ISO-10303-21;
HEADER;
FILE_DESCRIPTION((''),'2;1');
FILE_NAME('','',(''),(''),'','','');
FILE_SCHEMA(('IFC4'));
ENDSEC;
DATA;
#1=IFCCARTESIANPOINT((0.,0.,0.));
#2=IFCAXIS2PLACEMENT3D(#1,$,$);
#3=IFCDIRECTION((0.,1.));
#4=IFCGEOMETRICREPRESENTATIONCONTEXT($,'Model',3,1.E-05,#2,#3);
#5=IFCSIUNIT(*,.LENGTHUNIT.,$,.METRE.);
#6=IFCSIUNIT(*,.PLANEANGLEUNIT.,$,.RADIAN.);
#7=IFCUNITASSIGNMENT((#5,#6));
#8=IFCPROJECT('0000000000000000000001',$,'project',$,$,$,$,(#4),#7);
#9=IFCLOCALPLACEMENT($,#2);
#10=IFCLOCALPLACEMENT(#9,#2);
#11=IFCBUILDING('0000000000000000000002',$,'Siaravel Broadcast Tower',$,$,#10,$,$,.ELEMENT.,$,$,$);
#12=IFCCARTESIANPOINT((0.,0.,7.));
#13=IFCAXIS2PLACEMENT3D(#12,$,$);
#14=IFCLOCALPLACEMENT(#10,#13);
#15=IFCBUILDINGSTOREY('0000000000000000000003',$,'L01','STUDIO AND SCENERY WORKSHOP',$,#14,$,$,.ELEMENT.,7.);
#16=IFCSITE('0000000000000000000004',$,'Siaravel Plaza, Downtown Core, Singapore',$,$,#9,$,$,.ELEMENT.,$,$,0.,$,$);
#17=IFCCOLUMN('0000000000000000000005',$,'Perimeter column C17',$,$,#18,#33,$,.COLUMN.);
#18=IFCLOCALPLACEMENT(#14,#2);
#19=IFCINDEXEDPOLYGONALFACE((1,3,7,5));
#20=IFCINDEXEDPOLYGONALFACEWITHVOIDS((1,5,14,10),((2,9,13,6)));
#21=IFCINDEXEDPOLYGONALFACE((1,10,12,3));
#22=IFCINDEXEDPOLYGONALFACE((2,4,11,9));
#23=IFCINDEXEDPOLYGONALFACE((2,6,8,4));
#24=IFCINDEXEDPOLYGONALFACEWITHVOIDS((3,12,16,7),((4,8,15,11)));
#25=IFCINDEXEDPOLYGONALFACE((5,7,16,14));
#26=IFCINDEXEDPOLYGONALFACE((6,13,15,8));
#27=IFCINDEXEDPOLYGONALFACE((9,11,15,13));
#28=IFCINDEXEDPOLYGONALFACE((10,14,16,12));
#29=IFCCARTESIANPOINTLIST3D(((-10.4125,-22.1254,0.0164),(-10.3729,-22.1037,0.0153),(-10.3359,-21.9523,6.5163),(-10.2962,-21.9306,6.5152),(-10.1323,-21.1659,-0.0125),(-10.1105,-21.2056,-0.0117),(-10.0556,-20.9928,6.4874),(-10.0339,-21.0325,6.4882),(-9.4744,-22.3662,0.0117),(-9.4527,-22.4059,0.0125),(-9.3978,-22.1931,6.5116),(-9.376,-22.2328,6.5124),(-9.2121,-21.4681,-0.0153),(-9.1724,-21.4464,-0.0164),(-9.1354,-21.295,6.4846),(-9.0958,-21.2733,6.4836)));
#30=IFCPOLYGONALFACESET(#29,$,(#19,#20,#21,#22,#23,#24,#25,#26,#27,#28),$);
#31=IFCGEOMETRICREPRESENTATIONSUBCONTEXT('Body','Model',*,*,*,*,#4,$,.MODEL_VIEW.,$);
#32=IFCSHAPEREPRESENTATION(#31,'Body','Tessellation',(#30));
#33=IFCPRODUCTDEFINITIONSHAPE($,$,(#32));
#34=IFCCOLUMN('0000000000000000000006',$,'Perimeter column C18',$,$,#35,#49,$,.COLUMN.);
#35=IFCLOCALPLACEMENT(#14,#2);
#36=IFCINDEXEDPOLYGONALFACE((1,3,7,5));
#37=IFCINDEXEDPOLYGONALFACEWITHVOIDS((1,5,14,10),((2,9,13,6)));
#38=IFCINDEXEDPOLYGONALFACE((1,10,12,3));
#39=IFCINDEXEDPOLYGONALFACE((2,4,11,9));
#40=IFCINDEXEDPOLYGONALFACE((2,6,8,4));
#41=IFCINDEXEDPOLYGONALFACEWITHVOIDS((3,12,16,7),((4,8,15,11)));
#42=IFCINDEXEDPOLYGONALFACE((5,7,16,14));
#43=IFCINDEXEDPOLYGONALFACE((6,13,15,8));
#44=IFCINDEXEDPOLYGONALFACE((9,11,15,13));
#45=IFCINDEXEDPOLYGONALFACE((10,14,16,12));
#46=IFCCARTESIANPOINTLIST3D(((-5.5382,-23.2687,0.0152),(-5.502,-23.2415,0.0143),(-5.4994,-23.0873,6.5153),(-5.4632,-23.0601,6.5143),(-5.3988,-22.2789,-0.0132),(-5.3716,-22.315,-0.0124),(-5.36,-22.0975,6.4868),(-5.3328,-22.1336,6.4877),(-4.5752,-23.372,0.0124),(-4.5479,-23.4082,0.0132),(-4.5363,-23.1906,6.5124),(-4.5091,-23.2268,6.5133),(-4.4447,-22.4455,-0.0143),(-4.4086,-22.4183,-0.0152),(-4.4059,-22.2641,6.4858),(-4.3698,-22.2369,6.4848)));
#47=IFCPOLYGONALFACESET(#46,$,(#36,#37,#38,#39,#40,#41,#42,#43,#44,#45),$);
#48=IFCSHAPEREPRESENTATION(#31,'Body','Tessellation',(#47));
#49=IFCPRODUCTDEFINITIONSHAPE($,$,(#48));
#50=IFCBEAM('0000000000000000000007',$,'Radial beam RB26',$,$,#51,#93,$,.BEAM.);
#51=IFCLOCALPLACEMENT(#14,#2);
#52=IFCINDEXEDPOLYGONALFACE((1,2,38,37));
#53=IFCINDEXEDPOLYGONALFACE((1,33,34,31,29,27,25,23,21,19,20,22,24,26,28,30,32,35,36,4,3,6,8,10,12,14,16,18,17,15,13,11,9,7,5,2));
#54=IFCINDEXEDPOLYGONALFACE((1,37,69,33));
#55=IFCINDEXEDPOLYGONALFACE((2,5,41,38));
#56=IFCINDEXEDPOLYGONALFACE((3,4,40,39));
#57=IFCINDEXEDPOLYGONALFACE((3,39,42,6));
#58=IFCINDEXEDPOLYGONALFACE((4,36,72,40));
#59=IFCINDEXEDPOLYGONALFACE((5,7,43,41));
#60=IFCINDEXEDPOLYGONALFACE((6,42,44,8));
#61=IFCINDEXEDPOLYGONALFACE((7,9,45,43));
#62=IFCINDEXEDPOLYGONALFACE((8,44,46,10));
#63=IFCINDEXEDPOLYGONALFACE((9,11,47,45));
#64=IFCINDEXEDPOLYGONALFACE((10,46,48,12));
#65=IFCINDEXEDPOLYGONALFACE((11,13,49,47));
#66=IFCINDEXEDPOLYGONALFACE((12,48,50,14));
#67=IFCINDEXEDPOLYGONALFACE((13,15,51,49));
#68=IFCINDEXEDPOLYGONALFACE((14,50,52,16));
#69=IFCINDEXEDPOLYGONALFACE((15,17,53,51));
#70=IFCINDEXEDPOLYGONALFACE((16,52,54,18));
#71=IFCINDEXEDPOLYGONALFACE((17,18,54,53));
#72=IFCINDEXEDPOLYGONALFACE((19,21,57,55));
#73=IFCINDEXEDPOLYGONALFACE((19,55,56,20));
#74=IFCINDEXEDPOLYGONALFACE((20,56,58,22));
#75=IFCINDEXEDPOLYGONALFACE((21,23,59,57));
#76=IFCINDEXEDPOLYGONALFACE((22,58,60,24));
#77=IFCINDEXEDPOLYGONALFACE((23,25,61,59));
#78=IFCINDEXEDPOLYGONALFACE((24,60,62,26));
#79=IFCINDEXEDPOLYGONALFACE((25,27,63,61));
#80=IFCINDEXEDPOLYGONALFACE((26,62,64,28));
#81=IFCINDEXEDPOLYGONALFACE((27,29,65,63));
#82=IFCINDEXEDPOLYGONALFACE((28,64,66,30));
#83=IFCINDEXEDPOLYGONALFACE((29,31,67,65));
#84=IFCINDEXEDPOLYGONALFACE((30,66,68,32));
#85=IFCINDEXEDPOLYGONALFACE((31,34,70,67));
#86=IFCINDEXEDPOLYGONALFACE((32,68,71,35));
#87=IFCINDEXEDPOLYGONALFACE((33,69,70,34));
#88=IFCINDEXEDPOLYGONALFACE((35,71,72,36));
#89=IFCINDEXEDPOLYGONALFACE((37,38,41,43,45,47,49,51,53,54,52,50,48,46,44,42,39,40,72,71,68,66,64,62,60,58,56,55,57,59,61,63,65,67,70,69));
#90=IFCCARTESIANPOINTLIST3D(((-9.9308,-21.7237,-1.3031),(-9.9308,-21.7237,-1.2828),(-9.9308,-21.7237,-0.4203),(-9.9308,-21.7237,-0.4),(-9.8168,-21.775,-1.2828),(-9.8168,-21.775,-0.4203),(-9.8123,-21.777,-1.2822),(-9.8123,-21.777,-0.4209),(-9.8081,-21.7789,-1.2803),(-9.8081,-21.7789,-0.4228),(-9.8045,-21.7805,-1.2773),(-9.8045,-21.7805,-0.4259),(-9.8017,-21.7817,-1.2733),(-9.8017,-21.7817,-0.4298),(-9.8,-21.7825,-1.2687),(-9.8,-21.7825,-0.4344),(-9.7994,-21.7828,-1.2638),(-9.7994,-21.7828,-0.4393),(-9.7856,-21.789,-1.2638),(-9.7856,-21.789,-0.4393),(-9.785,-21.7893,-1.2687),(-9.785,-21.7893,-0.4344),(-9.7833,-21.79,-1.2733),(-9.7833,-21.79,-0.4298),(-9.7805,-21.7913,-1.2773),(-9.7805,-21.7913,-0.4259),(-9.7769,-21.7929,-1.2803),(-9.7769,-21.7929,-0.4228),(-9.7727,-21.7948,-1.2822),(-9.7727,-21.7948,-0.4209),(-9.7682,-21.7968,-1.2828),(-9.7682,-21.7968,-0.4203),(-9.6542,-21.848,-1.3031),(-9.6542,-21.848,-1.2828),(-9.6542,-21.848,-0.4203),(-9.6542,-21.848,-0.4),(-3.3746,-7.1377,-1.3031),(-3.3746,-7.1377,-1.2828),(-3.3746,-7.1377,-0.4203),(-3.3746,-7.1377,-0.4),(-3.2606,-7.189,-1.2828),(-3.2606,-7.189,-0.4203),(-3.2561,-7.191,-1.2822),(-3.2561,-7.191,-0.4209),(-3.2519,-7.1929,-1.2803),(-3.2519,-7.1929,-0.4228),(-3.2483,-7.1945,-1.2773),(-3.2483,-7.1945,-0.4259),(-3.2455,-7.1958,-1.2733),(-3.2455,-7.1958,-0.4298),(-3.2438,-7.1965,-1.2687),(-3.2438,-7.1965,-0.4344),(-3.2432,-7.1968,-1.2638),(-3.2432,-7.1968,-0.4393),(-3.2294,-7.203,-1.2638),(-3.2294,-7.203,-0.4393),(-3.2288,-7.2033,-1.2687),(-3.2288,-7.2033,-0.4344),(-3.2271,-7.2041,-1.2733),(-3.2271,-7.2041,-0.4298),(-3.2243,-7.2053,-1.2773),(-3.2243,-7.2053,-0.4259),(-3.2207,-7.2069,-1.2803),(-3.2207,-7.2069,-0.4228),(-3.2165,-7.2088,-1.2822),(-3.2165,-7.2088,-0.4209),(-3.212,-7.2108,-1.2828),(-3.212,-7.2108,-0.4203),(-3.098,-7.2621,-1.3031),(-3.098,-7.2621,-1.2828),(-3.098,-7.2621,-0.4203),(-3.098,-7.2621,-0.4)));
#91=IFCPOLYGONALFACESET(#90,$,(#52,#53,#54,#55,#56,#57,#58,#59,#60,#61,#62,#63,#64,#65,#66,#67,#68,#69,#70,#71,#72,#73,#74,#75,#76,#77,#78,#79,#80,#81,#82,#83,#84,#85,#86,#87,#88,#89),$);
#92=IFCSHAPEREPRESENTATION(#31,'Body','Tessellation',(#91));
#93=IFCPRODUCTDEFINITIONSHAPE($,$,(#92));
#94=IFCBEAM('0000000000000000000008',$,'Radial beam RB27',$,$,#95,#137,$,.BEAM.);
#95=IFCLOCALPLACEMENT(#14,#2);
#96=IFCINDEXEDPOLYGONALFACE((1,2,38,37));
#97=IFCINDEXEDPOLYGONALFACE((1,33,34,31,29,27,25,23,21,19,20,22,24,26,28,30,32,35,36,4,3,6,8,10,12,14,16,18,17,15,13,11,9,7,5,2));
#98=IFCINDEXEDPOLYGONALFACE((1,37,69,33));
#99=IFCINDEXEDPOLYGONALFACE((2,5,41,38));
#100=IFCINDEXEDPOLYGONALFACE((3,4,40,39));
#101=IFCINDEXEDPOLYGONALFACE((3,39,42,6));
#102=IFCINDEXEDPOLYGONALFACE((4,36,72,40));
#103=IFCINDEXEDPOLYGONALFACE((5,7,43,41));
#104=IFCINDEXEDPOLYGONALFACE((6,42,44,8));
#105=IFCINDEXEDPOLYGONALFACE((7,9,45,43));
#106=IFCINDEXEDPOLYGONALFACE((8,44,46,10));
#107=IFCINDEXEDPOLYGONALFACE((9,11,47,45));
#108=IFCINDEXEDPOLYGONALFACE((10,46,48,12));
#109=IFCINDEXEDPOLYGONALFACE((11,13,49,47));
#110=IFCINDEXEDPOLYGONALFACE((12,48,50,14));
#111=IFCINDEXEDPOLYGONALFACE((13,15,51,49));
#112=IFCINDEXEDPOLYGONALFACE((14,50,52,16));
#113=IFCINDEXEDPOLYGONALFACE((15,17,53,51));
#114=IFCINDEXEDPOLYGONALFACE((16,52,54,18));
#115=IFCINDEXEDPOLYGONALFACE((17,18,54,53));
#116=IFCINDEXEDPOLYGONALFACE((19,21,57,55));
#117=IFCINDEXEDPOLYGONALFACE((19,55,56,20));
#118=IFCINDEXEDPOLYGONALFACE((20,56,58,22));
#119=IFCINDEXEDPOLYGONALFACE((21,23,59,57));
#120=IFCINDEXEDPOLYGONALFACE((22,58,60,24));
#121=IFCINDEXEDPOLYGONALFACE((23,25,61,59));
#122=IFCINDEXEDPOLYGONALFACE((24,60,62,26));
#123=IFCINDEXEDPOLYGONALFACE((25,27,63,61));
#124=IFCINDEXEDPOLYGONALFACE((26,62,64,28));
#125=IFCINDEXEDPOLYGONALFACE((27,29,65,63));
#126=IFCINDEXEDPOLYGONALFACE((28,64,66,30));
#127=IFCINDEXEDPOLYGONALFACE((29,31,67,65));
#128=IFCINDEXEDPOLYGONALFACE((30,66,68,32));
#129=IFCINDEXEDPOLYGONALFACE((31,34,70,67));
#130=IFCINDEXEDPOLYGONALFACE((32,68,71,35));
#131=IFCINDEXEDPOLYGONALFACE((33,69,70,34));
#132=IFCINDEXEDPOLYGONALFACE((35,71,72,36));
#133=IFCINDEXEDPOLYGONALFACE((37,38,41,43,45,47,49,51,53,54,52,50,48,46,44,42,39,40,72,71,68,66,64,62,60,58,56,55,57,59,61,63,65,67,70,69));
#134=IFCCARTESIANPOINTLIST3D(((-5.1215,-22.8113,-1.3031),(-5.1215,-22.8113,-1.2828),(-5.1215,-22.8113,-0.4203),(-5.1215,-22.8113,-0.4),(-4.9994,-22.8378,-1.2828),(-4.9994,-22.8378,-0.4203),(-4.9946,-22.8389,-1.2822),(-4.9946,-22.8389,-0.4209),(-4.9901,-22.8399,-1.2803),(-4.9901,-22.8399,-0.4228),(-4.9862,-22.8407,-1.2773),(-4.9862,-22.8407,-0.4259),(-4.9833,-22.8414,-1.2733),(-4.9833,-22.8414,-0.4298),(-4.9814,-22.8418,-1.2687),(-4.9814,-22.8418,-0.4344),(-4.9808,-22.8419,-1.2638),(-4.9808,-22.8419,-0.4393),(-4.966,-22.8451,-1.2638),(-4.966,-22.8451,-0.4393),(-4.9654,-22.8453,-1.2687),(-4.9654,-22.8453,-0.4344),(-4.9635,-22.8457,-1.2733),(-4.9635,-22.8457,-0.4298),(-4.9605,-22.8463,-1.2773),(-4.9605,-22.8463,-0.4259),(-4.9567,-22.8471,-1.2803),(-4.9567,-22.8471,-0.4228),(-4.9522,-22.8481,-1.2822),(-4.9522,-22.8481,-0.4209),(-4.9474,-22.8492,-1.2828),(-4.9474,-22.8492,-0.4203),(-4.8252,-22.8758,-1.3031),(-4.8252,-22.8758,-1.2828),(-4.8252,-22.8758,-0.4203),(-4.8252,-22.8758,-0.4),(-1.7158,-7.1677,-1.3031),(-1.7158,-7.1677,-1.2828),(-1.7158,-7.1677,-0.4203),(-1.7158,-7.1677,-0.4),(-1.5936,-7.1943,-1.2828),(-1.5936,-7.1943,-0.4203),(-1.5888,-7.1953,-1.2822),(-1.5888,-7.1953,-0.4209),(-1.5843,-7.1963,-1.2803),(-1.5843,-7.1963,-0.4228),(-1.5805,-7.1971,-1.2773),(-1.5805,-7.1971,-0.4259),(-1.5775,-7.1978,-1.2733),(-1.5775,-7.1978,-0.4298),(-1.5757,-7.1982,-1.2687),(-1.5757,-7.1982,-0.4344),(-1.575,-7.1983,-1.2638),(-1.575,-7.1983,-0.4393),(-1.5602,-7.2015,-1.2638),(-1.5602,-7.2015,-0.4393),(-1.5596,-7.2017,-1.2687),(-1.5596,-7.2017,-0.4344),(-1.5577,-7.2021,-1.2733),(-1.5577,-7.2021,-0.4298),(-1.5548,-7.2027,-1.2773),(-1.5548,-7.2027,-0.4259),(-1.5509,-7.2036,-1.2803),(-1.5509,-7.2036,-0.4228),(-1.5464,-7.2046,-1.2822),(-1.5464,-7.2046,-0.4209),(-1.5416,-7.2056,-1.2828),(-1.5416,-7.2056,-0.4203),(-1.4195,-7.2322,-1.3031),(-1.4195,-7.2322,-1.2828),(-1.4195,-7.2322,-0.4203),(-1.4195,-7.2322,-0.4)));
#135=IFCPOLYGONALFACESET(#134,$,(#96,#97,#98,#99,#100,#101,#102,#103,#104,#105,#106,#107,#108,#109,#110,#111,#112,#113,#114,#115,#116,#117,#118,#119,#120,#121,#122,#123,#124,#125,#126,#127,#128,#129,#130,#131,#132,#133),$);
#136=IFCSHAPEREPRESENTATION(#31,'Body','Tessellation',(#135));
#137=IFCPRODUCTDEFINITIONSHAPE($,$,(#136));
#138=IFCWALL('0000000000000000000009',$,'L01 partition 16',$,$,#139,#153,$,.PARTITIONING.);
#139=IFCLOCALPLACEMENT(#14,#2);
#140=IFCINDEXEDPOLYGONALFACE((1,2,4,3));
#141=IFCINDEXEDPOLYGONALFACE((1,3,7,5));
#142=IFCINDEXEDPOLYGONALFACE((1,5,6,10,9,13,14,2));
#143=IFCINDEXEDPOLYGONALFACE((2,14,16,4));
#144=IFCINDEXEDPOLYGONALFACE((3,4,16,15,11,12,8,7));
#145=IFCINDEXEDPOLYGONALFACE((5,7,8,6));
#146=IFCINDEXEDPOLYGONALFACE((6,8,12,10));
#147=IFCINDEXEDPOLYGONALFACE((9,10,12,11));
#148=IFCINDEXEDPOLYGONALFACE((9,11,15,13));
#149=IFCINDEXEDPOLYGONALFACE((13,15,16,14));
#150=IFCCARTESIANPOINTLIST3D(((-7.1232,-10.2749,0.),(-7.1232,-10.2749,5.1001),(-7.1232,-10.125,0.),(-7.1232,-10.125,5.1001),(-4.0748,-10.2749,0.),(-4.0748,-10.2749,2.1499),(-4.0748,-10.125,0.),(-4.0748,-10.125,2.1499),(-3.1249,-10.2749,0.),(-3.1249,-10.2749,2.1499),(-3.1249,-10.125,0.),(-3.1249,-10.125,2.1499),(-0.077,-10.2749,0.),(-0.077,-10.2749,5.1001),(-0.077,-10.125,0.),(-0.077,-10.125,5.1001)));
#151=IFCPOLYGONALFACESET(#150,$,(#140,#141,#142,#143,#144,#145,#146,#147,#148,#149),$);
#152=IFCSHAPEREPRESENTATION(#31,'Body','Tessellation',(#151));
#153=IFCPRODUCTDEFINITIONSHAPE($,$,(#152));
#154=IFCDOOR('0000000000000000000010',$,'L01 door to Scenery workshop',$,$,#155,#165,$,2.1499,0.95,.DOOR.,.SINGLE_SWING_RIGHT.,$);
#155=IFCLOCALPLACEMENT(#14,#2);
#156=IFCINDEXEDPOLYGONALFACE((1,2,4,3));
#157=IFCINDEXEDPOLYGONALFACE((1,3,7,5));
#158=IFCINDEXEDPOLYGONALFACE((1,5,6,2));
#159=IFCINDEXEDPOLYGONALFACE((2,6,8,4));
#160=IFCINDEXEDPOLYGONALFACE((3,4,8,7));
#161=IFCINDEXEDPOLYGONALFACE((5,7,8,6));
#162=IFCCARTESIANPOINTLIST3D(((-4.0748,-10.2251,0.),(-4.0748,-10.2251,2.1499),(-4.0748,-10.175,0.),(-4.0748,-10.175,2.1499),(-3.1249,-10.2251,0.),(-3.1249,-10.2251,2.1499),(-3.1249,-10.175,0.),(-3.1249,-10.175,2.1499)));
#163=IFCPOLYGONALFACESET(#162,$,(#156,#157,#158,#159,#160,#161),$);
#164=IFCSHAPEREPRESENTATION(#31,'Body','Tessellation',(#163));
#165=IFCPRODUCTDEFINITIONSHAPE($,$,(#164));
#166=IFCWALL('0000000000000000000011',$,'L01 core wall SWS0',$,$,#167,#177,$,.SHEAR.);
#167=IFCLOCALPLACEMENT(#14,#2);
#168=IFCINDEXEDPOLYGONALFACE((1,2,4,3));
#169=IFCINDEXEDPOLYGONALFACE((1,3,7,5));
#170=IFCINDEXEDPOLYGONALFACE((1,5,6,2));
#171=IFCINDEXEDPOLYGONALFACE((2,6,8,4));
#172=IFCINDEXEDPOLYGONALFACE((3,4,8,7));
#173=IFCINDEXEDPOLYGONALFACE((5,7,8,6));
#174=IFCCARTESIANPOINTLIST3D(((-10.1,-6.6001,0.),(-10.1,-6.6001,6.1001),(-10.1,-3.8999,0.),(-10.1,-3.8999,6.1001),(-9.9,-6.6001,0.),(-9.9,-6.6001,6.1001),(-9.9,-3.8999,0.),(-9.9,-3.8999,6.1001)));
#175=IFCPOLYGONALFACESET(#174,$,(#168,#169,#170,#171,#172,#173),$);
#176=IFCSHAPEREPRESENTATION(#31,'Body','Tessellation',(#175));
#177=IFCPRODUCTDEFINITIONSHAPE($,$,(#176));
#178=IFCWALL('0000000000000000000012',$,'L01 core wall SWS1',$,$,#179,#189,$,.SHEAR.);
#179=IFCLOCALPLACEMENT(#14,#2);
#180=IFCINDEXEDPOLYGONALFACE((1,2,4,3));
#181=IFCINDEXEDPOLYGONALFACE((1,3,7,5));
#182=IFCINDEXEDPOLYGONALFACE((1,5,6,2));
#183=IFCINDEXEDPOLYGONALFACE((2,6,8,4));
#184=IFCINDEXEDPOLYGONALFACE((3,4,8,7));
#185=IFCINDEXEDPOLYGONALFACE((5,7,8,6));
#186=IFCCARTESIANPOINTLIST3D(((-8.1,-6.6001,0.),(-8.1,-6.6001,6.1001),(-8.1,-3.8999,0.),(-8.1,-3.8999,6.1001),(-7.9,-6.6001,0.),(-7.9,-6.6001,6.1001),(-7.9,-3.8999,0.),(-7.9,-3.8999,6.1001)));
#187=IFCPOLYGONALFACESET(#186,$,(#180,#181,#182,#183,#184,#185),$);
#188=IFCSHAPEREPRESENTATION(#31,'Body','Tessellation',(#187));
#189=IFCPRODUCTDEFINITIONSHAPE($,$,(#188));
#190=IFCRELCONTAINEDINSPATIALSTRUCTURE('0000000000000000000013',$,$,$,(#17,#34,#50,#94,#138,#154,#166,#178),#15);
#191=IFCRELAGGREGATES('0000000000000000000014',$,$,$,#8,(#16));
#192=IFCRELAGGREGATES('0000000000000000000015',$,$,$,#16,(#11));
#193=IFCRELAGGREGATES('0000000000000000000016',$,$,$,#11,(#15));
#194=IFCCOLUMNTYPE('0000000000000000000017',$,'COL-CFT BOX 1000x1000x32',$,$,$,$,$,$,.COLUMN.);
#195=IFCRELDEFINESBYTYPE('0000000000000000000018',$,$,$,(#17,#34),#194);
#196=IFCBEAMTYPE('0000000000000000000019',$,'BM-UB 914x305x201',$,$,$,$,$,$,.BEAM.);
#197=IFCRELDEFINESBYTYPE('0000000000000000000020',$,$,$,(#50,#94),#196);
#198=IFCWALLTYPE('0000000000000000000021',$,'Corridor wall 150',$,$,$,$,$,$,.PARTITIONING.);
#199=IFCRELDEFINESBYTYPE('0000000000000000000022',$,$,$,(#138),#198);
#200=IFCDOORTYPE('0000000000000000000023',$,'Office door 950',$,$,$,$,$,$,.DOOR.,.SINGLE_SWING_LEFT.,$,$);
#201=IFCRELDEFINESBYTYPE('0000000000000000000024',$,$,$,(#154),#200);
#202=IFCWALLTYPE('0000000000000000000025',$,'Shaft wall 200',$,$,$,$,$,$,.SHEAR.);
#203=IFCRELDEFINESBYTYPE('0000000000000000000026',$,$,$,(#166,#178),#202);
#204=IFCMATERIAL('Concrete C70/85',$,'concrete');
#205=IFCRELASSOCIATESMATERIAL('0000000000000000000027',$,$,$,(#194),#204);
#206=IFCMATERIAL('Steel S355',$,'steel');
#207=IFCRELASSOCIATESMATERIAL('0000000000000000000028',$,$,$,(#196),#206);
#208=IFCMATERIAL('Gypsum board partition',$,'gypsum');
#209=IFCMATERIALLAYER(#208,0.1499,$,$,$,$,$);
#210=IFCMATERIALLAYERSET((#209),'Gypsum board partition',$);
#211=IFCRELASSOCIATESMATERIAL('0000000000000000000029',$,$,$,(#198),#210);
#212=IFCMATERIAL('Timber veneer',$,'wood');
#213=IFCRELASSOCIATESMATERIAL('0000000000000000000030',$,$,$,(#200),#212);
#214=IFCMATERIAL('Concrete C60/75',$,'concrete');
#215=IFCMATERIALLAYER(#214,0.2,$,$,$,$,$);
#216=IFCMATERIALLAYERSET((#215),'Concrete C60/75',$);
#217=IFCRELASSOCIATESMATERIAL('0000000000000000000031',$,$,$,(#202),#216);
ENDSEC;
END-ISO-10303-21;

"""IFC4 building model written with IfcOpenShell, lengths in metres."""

from ifc_helpers import new_model, si_unit, direction, frame, frame_2d, origin, origin_2d, place, context, subcontext, project, spatial, rectangle, hollow_rectangle, i_section, extrude, material, layer, layer_set, material_profile, profile_set, type_object, element, fill, save


model = new_model("IFC4")

# Units and contexts
model_context = context("Model", 3, precision=1e-05, world=origin(), true_north=direction((0.0, 1.0)))
body_context = subcontext(model_context, "Body", "Model", "MODEL_VIEW")
ifc_project = project(units=[si_unit("LENGTHUNIT", "METRE"), si_unit("PLANEANGLEUNIT", "RADIAN")], contexts=[model_context])

# Site, building, storey
site_placement = place(None, origin())
site = spatial("IfcSite", under=ifc_project, at=site_placement, Name="Siaravel Plaza, Downtown Core, Singapore", CompositionType="ELEMENT", RefElevation=0.0)
building_placement = place(site_placement, origin())
building = spatial("IfcBuilding", under=site, at=building_placement, Name="Siaravel Broadcast Tower", CompositionType="ELEMENT")
storey_placement = place(building_placement, frame((0.0, 0.0, 7.0)))
storey = spatial("IfcBuildingStorey", under=building, at=storey_placement, Name="L01", Description="STUDIO AND SCENERY WORKSHOP", CompositionType="ELEMENT", Elevation=7.0)

# Columns
ifc_material_1 = material(Name="Concrete C70/85", Category="concrete")
ifc_material_profile_1 = material_profile(ifc_material_1, hollow_rectangle(XDim=1.0, YDim=1.0, WallThickness=0.032, at=origin_2d()))
ifc_profile_set_1 = profile_set([ifc_material_profile_1], Name="Concrete C70/85")
column_type = type_object("IfcColumnType", Name="COL-CFT BOX 1000x1000x32", PredefinedType="COLUMN", material=ifc_profile_set_1)
for number, where, z_axis, x_axis, name in (
    (1, (-9.7925, -21.7859, 0.0), (0.011789, 0.026619, 0.999576), (-0.959854, 0.280474, 0.003851), "Perimeter column C17"),
    (2, (-4.9734, -22.8435, 0.0), (0.00597, 0.027896, 0.999593), (-0.990226, 0.13946, 0.002022), "Perimeter column C18"),
):
    element("IfcColumn", number, at=place(storey_placement, frame(where, z_axis=z_axis, x_axis=x_axis)), inside=storey, type_object=column_type, Name=name, PredefinedType="COLUMN", context=body_context, shape_type="SweptSolid", body=[
        extrude(hollow_rectangle(XDim=1.0, YDim=1.0, WallThickness=0.032, at=origin_2d()), origin(), (0.0, 0.0, 1.0), 6.5027),
    ])

# Beams
ifc_material_2 = material(Name="Steel S355", Category="steel")
ifc_material_profile_2 = material_profile(ifc_material_2, i_section(OverallWidth=0.3032, OverallDepth=0.9031, WebThickness=0.0151, FlangeThickness=0.0203, FilletRadius=0.019, at=origin_2d()))
ifc_profile_set_2 = profile_set([ifc_material_profile_2], Name="Steel S355")
beam_type = type_object("IfcBeamType", Name="BM-UB 914x305x201", PredefinedType="BEAM", material=ifc_profile_set_2)
beam_1_placement = place(storey_placement, frame((-9.7925, -21.7859, -0.8516), z_axis=(0.409974, 0.912097, 0.0), x_axis=(-0.912097, 0.409974, 0.0)))
element("IfcBeam", 3, at=beam_1_placement, inside=storey, type_object=beam_type, Name="Radial beam RB26", PredefinedType="BEAM", context=body_context, shape_type="SweptSolid", body=[
    extrude(i_section(OverallWidth=0.3032, OverallDepth=0.9031, WebThickness=0.0151, FlangeThickness=0.0203, FilletRadius=0.019, at=origin_2d()), origin(), (0.0, 0.0, 1.0), 15.9917),
])
beam_2_placement = place(storey_placement, frame((-4.9734, -22.8435, -0.8516), z_axis=(0.212727, 0.977112, 0.0), x_axis=(-0.977112, 0.212727, 0.0)))
element("IfcBeam", 4, at=beam_2_placement, inside=storey, type_object=beam_type, Name="Radial beam RB27", PredefinedType="BEAM", context=body_context, shape_type="SweptSolid", body=[
    extrude(i_section(OverallWidth=0.3032, OverallDepth=0.9031, WebThickness=0.0151, FlangeThickness=0.0203, FilletRadius=0.019, at=origin_2d()), origin(), (0.0, 0.0, 1.0), 16.01),
])

# Shared definitions
ifc_material_3 = material(Name="Concrete C60/75", Category="concrete")

# Wall, opening, door
ifc_material_4 = material(Name="Gypsum board partition", Category="gypsum")
ifc_layer_1 = layer(ifc_material_4, 0.1499)
ifc_layer_set_1 = layer_set([ifc_layer_1], Name="Gypsum board partition")
wall_type_1 = type_object("IfcWallType", Name="Corridor wall 150", PredefinedType="PARTITIONING", material=ifc_layer_set_1)
wall_1_placement = place(storey_placement, frame((-7.123, -10.2, 0.0), z_axis=(0.0, 0.0, 1.0), x_axis=(1.0, 0.0, 0.0)))
wall_1 = element("IfcWall", 5, at=wall_1_placement, inside=storey, type_object=wall_type_1, Name="L01 partition 16", PredefinedType="PARTITIONING", context=body_context, shape_type="SweptSolid", body=[
    extrude(rectangle(XDim=7.0461, YDim=0.1499, at=frame_2d((3.5229, 0.0))), origin(), (0.0, 0.0, 1.0), 5.1001),
])
opening_1_placement = place(wall_1_placement, frame((3.0481, 0.0, 0.0)))
opening_1 = element("IfcOpeningElement", 6, at=opening_1_placement, cuts=wall_1, PredefinedType="OPENING", context=body_context, shape_type="SweptSolid", body=[
    extrude(rectangle(XDim=0.95, YDim=2.1499, at=frame_2d((0.4751, 1.075))), frame((0.0, 0.085, 0.0), z_axis=(0.0, -1.0, 0.0), x_axis=(1.0, 0.0, 0.0)), (0.0, 0.0, 1.0), 0.1699),
])
ifc_material_5 = material(Name="Timber veneer", Category="wood")
door_type_1 = type_object("IfcDoorType", Name="Office door 950", OperationType="SINGLE_SWING_LEFT", PredefinedType="DOOR", material=ifc_material_5)
door_1_placement = place(opening_1_placement, origin())
door_1 = element("IfcDoor", 7, at=door_1_placement, inside=storey, type_object=door_type_1, Name="L01 door to Scenery workshop", OperationType="SINGLE_SWING_RIGHT", OverallHeight=2.1499, OverallWidth=0.95, PredefinedType="DOOR", context=body_context, shape_type="SweptSolid", body=[
    extrude(rectangle(XDim=0.95, YDim=2.1499, at=frame_2d((0.4751, 1.075))), frame((0.0, 0.0249, 0.0), z_axis=(0.0, -1.0, 0.0), x_axis=(1.0, 0.0, 0.0)), (0.0, 0.0, 1.0), 0.05),
])
fill(opening_1, door_1)

# Walls
ifc_layer_2 = layer(ifc_material_3, 0.2)
ifc_layer_set_2 = layer_set([ifc_layer_2], Name="Concrete C60/75")
wall_type_2 = type_object("IfcWallType", Name="Shaft wall 200", PredefinedType="SHEAR", material=ifc_layer_set_2)
for number, where, z_axis, x_axis, name in (
    (8, (-10.0, -6.6001, 0.0), (0.0, 0.0, 1.0), (0.0, 1.0, 0.0), "L01 core wall SWS0"),
    (9, (-8.0, -6.6001, 0.0), (0.0, 0.0, 1.0), (0.0, 1.0, 0.0), "L01 core wall SWS1"),
):
    element("IfcWall", number, at=place(storey_placement, frame(where, z_axis=z_axis, x_axis=x_axis)), inside=storey, type_object=wall_type_2, Name=name, PredefinedType="SHEAR", context=body_context, shape_type="SweptSolid", body=[
        extrude(rectangle(XDim=2.7002, YDim=0.2, at=frame_2d((1.3501, 0.0))), origin(), (0.0, 0.0, 1.0), 6.1001),
    ])

save(model, "model.ifc")
